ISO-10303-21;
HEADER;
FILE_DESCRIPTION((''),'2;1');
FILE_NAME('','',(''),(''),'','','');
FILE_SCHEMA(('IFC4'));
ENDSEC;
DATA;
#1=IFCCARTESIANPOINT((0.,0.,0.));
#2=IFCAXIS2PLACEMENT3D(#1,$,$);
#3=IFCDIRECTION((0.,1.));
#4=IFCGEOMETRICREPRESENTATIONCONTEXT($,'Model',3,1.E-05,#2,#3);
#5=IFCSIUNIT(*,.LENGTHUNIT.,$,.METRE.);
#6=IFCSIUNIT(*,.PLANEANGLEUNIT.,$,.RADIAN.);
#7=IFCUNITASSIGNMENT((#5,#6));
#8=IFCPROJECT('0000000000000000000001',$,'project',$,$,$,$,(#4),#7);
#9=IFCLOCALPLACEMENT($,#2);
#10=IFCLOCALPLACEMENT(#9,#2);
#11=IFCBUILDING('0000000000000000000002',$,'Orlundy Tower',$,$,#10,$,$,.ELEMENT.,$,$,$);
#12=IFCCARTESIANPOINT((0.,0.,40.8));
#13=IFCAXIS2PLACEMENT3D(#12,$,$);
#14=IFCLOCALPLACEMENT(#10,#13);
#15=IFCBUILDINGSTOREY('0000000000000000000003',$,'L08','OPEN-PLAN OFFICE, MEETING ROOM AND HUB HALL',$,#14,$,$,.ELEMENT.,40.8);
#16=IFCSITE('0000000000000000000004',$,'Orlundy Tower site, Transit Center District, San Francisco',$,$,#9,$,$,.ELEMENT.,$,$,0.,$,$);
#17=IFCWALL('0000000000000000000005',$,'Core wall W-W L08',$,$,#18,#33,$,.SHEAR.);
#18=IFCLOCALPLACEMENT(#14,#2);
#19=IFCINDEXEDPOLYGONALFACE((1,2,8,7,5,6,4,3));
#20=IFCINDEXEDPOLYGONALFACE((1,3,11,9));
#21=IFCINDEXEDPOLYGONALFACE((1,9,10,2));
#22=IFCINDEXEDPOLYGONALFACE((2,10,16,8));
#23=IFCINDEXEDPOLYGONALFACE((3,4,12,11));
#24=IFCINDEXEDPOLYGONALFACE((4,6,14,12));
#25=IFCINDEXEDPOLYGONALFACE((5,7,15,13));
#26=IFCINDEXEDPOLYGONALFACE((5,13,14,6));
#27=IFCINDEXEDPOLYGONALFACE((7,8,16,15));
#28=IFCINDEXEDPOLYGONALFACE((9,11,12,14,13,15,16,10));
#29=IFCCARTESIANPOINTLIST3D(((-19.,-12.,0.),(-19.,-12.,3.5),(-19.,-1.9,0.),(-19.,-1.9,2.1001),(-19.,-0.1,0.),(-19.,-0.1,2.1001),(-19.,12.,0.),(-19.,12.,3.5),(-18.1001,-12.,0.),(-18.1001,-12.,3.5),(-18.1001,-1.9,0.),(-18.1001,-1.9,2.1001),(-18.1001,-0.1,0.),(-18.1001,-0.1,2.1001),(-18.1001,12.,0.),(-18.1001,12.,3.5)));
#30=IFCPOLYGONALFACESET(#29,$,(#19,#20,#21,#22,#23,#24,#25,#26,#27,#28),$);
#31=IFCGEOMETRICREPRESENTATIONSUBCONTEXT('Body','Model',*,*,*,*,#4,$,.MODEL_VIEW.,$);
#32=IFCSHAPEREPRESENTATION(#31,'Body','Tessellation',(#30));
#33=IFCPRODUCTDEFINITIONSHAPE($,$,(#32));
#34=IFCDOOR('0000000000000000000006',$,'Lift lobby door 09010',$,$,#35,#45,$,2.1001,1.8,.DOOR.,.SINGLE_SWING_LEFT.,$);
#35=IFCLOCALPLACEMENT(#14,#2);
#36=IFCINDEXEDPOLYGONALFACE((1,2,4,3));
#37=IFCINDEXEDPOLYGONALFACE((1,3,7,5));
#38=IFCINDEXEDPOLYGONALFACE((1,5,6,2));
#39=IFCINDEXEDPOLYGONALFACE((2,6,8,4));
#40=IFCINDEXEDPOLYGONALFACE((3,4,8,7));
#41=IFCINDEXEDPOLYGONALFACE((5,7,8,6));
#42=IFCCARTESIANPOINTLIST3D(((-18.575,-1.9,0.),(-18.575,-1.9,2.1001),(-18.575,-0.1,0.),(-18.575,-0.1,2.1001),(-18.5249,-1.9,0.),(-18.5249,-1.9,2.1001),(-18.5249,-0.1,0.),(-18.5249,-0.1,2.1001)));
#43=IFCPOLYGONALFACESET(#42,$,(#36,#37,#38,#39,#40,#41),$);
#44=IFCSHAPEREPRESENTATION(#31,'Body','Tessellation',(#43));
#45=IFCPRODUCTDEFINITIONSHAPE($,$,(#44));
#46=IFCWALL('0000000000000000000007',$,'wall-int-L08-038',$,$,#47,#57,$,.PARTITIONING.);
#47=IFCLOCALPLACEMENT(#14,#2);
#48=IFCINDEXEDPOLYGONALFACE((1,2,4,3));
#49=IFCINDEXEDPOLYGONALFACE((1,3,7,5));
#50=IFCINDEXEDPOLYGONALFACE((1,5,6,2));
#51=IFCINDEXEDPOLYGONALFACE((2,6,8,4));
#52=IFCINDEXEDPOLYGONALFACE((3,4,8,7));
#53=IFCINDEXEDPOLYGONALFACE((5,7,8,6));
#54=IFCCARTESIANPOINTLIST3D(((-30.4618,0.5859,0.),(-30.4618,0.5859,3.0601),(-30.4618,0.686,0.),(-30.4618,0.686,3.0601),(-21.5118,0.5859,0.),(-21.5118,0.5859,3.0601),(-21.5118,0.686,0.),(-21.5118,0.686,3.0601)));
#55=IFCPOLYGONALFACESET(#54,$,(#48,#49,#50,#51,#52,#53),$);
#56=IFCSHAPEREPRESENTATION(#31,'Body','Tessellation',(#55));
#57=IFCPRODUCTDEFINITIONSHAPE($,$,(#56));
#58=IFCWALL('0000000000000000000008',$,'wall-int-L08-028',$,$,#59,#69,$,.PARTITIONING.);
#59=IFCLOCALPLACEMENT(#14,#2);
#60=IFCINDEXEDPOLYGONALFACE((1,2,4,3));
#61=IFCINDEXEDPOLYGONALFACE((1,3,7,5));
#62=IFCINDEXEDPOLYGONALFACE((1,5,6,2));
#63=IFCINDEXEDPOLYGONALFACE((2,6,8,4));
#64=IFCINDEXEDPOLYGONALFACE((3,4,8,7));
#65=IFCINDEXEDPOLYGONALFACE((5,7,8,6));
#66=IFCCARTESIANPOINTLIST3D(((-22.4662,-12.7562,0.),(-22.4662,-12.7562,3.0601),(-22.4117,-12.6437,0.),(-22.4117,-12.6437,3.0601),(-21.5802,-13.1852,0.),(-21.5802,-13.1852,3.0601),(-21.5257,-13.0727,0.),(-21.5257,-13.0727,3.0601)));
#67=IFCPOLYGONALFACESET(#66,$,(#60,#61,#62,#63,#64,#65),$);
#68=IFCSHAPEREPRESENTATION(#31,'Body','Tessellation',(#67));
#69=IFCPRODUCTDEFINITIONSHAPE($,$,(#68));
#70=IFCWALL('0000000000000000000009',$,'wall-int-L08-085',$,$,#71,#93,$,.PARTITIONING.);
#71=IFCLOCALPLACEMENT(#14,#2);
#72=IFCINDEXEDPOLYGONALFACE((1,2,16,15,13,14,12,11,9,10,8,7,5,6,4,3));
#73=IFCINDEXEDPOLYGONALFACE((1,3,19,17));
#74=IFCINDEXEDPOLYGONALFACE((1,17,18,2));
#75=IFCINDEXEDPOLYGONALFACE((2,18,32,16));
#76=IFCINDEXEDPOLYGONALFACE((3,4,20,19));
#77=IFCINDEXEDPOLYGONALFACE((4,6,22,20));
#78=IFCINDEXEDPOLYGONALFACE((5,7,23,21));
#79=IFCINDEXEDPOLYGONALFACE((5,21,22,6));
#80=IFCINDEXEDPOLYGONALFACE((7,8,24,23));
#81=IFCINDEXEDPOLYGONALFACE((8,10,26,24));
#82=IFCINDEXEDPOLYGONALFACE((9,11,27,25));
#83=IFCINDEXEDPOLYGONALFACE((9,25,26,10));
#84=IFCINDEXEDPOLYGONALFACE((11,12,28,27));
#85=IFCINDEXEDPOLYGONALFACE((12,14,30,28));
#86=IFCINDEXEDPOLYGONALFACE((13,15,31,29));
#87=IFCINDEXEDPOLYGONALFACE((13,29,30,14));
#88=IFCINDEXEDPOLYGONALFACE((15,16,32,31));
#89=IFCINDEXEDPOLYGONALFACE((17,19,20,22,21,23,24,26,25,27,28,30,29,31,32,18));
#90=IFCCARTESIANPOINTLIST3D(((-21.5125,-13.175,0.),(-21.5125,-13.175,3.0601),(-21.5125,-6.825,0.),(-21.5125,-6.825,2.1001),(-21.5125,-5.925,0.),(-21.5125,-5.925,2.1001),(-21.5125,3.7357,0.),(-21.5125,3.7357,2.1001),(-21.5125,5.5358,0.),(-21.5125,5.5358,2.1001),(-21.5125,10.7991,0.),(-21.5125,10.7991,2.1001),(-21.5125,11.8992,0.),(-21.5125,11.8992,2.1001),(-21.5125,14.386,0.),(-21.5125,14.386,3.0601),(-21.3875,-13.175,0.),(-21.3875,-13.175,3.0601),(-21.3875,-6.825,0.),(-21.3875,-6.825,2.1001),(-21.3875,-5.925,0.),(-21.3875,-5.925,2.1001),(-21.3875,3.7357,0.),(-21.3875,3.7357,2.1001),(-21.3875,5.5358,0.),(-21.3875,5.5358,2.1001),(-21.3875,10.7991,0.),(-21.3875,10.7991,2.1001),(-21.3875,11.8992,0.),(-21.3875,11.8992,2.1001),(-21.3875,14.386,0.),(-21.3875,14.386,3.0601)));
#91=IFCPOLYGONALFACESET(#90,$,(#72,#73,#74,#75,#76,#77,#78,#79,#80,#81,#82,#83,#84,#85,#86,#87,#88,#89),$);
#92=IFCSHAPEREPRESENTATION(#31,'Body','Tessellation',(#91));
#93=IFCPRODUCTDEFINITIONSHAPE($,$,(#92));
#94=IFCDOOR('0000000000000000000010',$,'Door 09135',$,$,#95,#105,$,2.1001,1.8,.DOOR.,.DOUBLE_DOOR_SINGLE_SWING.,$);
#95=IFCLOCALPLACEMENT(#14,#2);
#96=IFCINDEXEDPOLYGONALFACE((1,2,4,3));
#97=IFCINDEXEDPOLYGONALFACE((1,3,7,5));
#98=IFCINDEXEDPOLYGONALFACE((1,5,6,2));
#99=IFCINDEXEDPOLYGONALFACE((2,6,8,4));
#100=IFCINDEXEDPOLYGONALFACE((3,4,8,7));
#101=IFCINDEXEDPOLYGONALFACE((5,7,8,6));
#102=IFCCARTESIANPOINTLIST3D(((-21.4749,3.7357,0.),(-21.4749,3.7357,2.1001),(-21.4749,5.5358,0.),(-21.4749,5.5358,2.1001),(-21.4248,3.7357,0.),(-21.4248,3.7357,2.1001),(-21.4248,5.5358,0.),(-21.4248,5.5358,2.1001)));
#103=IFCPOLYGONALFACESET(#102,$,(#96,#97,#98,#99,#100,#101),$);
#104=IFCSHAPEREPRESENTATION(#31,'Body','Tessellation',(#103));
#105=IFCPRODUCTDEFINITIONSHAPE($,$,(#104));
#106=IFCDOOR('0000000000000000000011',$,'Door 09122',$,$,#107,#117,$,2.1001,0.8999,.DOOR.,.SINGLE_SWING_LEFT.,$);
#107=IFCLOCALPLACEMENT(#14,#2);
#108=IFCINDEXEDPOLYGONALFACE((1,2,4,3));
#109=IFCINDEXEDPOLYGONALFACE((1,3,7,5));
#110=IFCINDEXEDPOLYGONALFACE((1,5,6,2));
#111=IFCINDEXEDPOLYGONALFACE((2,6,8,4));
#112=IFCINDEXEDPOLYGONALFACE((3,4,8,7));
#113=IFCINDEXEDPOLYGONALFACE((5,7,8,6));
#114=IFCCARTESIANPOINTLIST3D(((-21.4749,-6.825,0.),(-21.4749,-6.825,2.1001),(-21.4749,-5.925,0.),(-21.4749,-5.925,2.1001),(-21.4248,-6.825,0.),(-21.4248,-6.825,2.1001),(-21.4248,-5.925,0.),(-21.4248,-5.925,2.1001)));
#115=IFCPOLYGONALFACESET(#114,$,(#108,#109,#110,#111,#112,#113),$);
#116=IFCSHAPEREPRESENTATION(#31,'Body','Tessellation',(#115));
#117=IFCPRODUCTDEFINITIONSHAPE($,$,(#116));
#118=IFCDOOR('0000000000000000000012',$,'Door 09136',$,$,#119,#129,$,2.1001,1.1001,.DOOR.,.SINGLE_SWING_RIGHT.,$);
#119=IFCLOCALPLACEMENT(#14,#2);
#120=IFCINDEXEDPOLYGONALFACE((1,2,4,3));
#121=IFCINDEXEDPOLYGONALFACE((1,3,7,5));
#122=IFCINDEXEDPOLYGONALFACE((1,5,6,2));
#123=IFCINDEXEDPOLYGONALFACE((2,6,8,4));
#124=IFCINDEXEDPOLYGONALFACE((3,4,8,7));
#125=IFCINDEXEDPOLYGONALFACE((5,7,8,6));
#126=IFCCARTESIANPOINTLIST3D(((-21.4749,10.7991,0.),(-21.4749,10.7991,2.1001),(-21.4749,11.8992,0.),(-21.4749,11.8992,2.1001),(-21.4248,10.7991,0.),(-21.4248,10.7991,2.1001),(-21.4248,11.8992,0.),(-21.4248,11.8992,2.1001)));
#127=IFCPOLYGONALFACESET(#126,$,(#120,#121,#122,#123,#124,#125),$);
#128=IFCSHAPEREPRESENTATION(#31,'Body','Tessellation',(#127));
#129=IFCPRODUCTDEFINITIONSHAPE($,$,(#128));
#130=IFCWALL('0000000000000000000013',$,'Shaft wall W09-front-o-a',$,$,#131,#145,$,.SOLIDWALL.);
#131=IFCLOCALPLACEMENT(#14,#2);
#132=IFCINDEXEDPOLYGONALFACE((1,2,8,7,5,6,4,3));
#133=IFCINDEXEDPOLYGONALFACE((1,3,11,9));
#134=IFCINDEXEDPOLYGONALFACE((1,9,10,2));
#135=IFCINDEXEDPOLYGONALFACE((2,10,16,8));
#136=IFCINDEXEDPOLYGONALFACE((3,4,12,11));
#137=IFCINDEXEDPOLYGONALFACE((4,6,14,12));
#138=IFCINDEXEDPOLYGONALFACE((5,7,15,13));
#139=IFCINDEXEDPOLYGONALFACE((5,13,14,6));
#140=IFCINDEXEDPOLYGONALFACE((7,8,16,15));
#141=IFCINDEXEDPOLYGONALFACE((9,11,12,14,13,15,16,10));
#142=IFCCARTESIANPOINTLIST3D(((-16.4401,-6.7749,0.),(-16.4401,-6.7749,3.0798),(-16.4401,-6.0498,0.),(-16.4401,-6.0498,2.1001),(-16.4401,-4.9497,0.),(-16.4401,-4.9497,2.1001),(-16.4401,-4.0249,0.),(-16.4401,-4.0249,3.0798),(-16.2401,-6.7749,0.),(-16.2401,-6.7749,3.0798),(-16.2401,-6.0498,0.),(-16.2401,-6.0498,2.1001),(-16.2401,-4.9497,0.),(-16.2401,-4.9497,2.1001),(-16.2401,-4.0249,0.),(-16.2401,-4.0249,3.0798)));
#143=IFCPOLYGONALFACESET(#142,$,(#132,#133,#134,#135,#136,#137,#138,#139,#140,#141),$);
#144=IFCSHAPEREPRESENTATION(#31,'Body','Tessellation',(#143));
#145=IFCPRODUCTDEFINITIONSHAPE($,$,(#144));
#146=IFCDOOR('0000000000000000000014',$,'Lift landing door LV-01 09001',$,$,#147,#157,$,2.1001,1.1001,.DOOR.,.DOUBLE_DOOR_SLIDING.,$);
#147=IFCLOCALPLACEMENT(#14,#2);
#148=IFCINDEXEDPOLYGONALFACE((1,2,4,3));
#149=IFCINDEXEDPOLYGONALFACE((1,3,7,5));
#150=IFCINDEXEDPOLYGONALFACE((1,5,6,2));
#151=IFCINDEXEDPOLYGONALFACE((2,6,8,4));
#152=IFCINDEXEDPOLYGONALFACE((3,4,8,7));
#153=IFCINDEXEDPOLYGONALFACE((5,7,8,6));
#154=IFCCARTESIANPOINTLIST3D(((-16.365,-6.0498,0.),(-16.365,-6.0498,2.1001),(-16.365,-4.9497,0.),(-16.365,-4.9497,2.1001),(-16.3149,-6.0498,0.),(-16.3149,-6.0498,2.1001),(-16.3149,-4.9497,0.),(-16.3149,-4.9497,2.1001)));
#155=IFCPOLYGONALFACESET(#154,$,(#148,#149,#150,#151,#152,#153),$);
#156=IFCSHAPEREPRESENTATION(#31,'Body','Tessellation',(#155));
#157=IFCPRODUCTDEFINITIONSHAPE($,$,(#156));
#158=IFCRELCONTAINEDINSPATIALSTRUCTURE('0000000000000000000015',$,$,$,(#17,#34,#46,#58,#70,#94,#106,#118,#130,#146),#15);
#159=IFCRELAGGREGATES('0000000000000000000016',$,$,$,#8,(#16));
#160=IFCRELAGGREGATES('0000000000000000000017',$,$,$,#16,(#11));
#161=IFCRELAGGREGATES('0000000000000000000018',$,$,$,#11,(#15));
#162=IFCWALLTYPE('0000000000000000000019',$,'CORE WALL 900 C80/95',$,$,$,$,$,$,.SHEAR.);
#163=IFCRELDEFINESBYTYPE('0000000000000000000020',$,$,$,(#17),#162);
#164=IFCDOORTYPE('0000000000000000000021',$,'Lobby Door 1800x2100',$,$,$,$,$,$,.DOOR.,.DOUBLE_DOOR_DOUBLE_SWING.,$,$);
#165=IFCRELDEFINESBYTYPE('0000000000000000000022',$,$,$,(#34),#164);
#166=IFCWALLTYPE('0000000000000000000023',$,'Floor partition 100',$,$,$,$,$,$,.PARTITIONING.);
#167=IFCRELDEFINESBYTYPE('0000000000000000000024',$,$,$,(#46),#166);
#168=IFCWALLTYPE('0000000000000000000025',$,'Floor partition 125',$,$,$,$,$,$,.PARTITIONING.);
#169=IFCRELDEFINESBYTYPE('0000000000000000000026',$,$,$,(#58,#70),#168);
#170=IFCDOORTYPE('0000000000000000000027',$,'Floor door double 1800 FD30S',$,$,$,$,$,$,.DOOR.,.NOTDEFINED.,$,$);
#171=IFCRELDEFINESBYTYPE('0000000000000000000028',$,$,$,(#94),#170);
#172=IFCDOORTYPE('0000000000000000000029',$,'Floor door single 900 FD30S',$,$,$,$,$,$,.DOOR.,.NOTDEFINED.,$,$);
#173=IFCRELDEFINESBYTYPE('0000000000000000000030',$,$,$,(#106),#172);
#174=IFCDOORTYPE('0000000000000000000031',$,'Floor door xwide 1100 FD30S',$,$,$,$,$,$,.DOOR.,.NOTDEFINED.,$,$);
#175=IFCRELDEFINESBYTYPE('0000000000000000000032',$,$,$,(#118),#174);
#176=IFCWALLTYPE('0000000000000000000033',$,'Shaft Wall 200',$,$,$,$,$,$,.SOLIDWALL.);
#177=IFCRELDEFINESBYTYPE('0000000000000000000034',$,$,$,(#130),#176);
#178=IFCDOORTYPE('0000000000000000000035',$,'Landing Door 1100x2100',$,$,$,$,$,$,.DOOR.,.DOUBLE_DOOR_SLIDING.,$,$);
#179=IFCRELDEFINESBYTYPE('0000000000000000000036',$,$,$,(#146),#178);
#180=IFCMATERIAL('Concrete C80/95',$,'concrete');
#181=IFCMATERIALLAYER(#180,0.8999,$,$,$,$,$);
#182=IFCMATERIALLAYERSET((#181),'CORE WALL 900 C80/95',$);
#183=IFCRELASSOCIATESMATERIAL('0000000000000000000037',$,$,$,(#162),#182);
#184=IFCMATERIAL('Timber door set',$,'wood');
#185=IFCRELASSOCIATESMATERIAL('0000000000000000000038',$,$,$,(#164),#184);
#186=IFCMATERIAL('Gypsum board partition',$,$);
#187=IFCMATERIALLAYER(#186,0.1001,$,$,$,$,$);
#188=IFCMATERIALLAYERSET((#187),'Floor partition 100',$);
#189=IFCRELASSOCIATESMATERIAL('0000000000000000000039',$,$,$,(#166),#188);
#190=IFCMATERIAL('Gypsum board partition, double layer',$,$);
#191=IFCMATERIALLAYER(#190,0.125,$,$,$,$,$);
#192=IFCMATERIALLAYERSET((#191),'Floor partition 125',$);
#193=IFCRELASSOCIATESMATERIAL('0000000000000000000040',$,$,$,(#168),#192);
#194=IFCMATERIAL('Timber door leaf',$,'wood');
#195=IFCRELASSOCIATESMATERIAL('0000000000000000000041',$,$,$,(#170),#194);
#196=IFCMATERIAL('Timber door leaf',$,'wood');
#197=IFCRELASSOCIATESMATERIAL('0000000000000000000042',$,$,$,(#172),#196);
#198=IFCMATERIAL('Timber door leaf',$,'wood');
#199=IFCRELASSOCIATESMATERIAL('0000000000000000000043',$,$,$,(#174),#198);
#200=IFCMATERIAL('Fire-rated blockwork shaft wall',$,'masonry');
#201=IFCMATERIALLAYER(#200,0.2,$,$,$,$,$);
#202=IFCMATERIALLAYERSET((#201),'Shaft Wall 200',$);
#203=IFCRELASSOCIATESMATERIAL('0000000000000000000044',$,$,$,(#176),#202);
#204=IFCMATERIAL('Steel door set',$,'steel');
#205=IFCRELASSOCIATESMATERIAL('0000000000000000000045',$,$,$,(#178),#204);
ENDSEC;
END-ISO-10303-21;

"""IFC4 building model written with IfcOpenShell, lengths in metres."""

from ifc_helpers import new_model, si_unit, direction, frame, frame_2d, origin, place, context, subcontext, project, spatial, rectangle, extrude, material, layer, layer_set, type_object, element, fill, save


model = new_model("IFC4")

# Units and contexts
model_context = context("Model", 3, precision=1e-05, world=origin(), true_north=direction((0.0, 1.0)))
body_context = subcontext(model_context, "Body", "Model", "MODEL_VIEW")
ifc_project = project(units=[si_unit("LENGTHUNIT", "METRE"), si_unit("PLANEANGLEUNIT", "RADIAN")], contexts=[model_context])

# Site, building, storey
site_placement = place(None, origin())
site = spatial("IfcSite", under=ifc_project, at=site_placement, Name="Orlundy Tower site, Transit Center District, San Francisco", CompositionType="ELEMENT", RefElevation=0.0)
building_placement = place(site_placement, origin())
building = spatial("IfcBuilding", under=site, at=building_placement, Name="Orlundy Tower", CompositionType="ELEMENT")
storey_placement = place(building_placement, frame((0.0, 0.0, 40.8)))
storey = spatial("IfcBuildingStorey", under=building, at=storey_placement, Name="L08", Description="OPEN-PLAN OFFICE, MEETING ROOM AND HUB HALL", CompositionType="ELEMENT", Elevation=40.8)

# Shared definitions
ifc_material_1 = material(Name="Concrete C80/95", Category="concrete")
ifc_layer_1 = layer(ifc_material_1, 0.8999)
ifc_layer_set_1 = layer_set([ifc_layer_1], Name="CORE WALL 900 C80/95")
wall_type_1 = type_object("IfcWallType", Name="CORE WALL 900 C80/95", PredefinedType="SHEAR", material=ifc_layer_set_1)

# Wall, opening, door
wall_1_placement = place(storey_placement, frame((-18.55, -12.0, 0.0), z_axis=(0.0, 0.0, 1.0), x_axis=(0.0, 1.0, 0.0)))
wall_1 = element("IfcWall", 1, at=wall_1_placement, inside=storey, type_object=wall_type_1, Name="Core wall W-W L08", PredefinedType="SHEAR", context=body_context, shape_type="SweptSolid", body=[
    extrude(rectangle(XDim=24.0, YDim=0.8999, at=frame_2d((12.0, 0.0))), origin(), (0.0, 0.0, 1.0), 3.5),
])
opening_1_placement = place(wall_1_placement, frame((10.1001, 0.0, 0.0)))
opening_1 = element("IfcOpeningElement", 2, at=opening_1_placement, cuts=wall_1, PredefinedType="OPENING", context=body_context, shape_type="SweptSolid", body=[
    extrude(rectangle(XDim=1.8, YDim=2.1001, at=frame_2d((0.8999, 1.05))), frame((0.0, 0.46, 0.0), z_axis=(0.0, -1.0, 0.0), x_axis=(1.0, 0.0, 0.0)), (0.0, 0.0, 1.0), 0.9199),
])
ifc_material_2 = material(Name="Timber door set", Category="wood")
door_type_1 = type_object("IfcDoorType", Name="Lobby Door 1800x2100", OperationType="DOUBLE_DOOR_DOUBLE_SWING", PredefinedType="DOOR", material=ifc_material_2)
door_1_placement = place(opening_1_placement, origin())
door_1 = element("IfcDoor", 3, at=door_1_placement, inside=storey, type_object=door_type_1, Name="Lift lobby door 09010", OperationType="SINGLE_SWING_LEFT", OverallHeight=2.1001, OverallWidth=1.8, PredefinedType="DOOR", context=body_context, shape_type="SweptSolid", body=[
    extrude(rectangle(XDim=1.8, YDim=2.1001, at=frame_2d((0.8999, 1.05))), frame((0.0, 0.0249, 0.0), z_axis=(0.0, -1.0, 0.0), x_axis=(1.0, 0.0, 0.0)), (0.0, 0.0, 1.0), 0.05),
])
fill(opening_1, door_1)

# Walls
ifc_material_3 = material(Name="Gypsum board partition")
ifc_layer_2 = layer(ifc_material_3, 0.1001)
ifc_layer_set_2 = layer_set([ifc_layer_2], Name="Floor partition 100")
wall_type_2 = type_object("IfcWallType", Name="Floor partition 100", PredefinedType="PARTITIONING", material=ifc_layer_set_2)
wall_2_placement = place(storey_placement, frame((-30.4619, 0.636, 0.0), z_axis=(0.0, 0.0, 1.0), x_axis=(1.0, 0.0, 0.0)))
element("IfcWall", 4, at=wall_2_placement, inside=storey, type_object=wall_type_2, Name="wall-int-L08-038", PredefinedType="PARTITIONING", context=body_context, shape_type="SweptSolid", body=[
    extrude(rectangle(XDim=8.95, YDim=0.1001, at=frame_2d((4.4751, 0.0))), origin(), (0.0, 0.0, 1.0), 3.0601),
])
ifc_material_4 = material(Name="Gypsum board partition, double layer")
ifc_layer_3 = layer(ifc_material_4, 0.125)
ifc_layer_set_3 = layer_set([ifc_layer_3], Name="Floor partition 125")
wall_type_3 = type_object("IfcWallType", Name="Floor partition 125", PredefinedType="PARTITIONING", material=ifc_layer_set_3)
wall_3_placement = place(storey_placement, frame((-22.439, -12.7, 0.0), z_axis=(0.0, 0.0, 1.0), x_axis=(0.900059, -0.435768, 0.0)))
element("IfcWall", 5, at=wall_3_placement, inside=storey, type_object=wall_type_3, Name="wall-int-L08-028", PredefinedType="PARTITIONING", context=body_context, shape_type="SweptSolid", body=[
    extrude(rectangle(XDim=0.9844, YDim=0.125, at=frame_2d((0.4922, 0.0))), origin(), (0.0, 0.0, 1.0), 3.0601),
])

# Wall, openings, doors
wall_4_placement = place(storey_placement, frame((-21.45, -13.175, 0.0), z_axis=(0.0, 0.0, 1.0), x_axis=(0.0, 1.0, 0.0)))
wall_4 = element("IfcWall", 6, at=wall_4_placement, inside=storey, type_object=wall_type_3, Name="wall-int-L08-085", PredefinedType="PARTITIONING", context=body_context, shape_type="SweptSolid", body=[
    extrude(rectangle(XDim=27.561, YDim=0.125, at=frame_2d((13.7805, 0.0))), origin(), (0.0, 0.0, 1.0), 3.0601),
])
opening_2_placement = place(wall_4_placement, frame((6.3501, 0.0, 0.0)))
opening_2 = element("IfcOpeningElement", 7, at=opening_2_placement, cuts=wall_4, PredefinedType="OPENING", context=body_context, shape_type="SweptSolid", body=[
    extrude(rectangle(XDim=0.8999, YDim=2.1001, at=frame_2d((0.45, 1.05))), frame((0.0, 0.0725, 0.0), z_axis=(0.0, -1.0, 0.0), x_axis=(1.0, 0.0, 0.0)), (0.0, 0.0, 1.0), 0.145),
])
opening_3_placement = place(wall_4_placement, frame((16.9109, 0.0, 0.0)))
opening_3 = element("IfcOpeningElement", 8, at=opening_3_placement, cuts=wall_4, PredefinedType="OPENING", context=body_context, shape_type="SweptSolid", body=[
    extrude(rectangle(XDim=1.8, YDim=2.1001, at=frame_2d((0.8999, 1.05))), frame((0.0, 0.0725, 0.0), z_axis=(0.0, -1.0, 0.0), x_axis=(1.0, 0.0, 0.0)), (0.0, 0.0, 1.0), 0.145),
])
opening_4_placement = place(wall_4_placement, frame((23.9741, 0.0, 0.0)))
opening_4 = element("IfcOpeningElement", 9, at=opening_4_placement, cuts=wall_4, PredefinedType="OPENING", context=body_context, shape_type="SweptSolid", body=[
    extrude(rectangle(XDim=1.1001, YDim=2.1001, at=frame_2d((0.55, 1.05))), frame((0.0, 0.0725, 0.0), z_axis=(0.0, -1.0, 0.0), x_axis=(1.0, 0.0, 0.0)), (0.0, 0.0, 1.0), 0.145),
])
ifc_material_5 = material(Name="Timber door leaf", Category="wood")
door_type_2 = type_object("IfcDoorType", Name="Floor door double 1800 FD30S", OperationType="NOTDEFINED", PredefinedType="DOOR", material=ifc_material_5)
door_2_placement = place(opening_3_placement, origin())
door_2 = element("IfcDoor", 10, at=door_2_placement, inside=storey, type_object=door_type_2, Name="Door 09135", OperationType="DOUBLE_DOOR_SINGLE_SWING", OverallHeight=2.1001, OverallWidth=1.8, PredefinedType="DOOR", context=body_context, shape_type="SweptSolid", body=[
    extrude(rectangle(XDim=1.8, YDim=2.1001, at=frame_2d((0.8999, 1.05))), frame((0.0, 0.0249, 0.0), z_axis=(0.0, -1.0, 0.0), x_axis=(1.0, 0.0, 0.0)), (0.0, 0.0, 1.0), 0.05),
])
fill(opening_3, door_2)
ifc_material_6 = material(Name="Timber door leaf", Category="wood")
door_type_3 = type_object("IfcDoorType", Name="Floor door single 900 FD30S", OperationType="NOTDEFINED", PredefinedType="DOOR", material=ifc_material_6)
door_3_placement = place(opening_2_placement, origin())
door_3 = element("IfcDoor", 11, at=door_3_placement, inside=storey, type_object=door_type_3, Name="Door 09122", OperationType="SINGLE_SWING_LEFT", OverallHeight=2.1001, OverallWidth=0.8999, PredefinedType="DOOR", context=body_context, shape_type="SweptSolid", body=[
    extrude(rectangle(XDim=0.8999, YDim=2.1001, at=frame_2d((0.45, 1.05))), frame((0.0, 0.0249, 0.0), z_axis=(0.0, -1.0, 0.0), x_axis=(1.0, 0.0, 0.0)), (0.0, 0.0, 1.0), 0.05),
])
fill(opening_2, door_3)
ifc_material_7 = material(Name="Timber door leaf", Category="wood")
door_type_4 = type_object("IfcDoorType", Name="Floor door xwide 1100 FD30S", OperationType="NOTDEFINED", PredefinedType="DOOR", material=ifc_material_7)
door_4_placement = place(opening_4_placement, origin())
door_4 = element("IfcDoor", 12, at=door_4_placement, inside=storey, type_object=door_type_4, Name="Door 09136", OperationType="SINGLE_SWING_RIGHT", OverallHeight=2.1001, OverallWidth=1.1001, PredefinedType="DOOR", context=body_context, shape_type="SweptSolid", body=[
    extrude(rectangle(XDim=1.1001, YDim=2.1001, at=frame_2d((0.55, 1.05))), frame((0.0, 0.0249, 0.0), z_axis=(0.0, -1.0, 0.0), x_axis=(1.0, 0.0, 0.0)), (0.0, 0.0, 1.0), 0.05),
])
fill(opening_4, door_4)

# Wall, opening, door
ifc_material_8 = material(Name="Fire-rated blockwork shaft wall", Category="masonry")
ifc_layer_4 = layer(ifc_material_8, 0.2)
ifc_layer_set_4 = layer_set([ifc_layer_4], Name="Shaft Wall 200")
wall_type_4 = type_object("IfcWallType", Name="Shaft Wall 200", PredefinedType="SOLIDWALL", material=ifc_layer_set_4)
wall_5_placement = place(storey_placement, frame((-16.3401, -6.7749, 0.0), z_axis=(0.0, 0.0, 1.0), x_axis=(0.0, 1.0, 0.0)))
wall_5 = element("IfcWall", 13, at=wall_5_placement, inside=storey, type_object=wall_type_4, Name="Shaft wall W09-front-o-a", PredefinedType="SOLIDWALL", context=body_context, shape_type="SweptSolid", body=[
    extrude(rectangle(XDim=2.75, YDim=0.2, at=frame_2d((1.375, 0.0))), origin(), (0.0, 0.0, 1.0), 3.0798),
])
opening_5_placement = place(wall_5_placement, frame((0.7251, 0.0, 0.0)))
opening_5 = element("IfcOpeningElement", 14, at=opening_5_placement, cuts=wall_5, PredefinedType="OPENING", context=body_context, shape_type="SweptSolid", body=[
    extrude(rectangle(XDim=1.1001, YDim=2.1001, at=frame_2d((0.55, 1.05))), frame((0.0, 0.1101, 0.0), z_axis=(0.0, -1.0, 0.0), x_axis=(1.0, 0.0, 0.0)), (0.0, 0.0, 1.0), 0.2202),
])
ifc_material_9 = material(Name="Steel door set", Category="steel")
door_type_5 = type_object("IfcDoorType", Name="Landing Door 1100x2100", OperationType="DOUBLE_DOOR_SLIDING", PredefinedType="DOOR", material=ifc_material_9)
door_5_placement = place(opening_5_placement, origin())
door_5 = element("IfcDoor", 15, at=door_5_placement, inside=storey, type_object=door_type_5, Name="Lift landing door LV-01 09001", OperationType="DOUBLE_DOOR_SLIDING", OverallHeight=2.1001, OverallWidth=1.1001, PredefinedType="DOOR", context=body_context, shape_type="SweptSolid", body=[
    extrude(rectangle(XDim=1.1001, YDim=2.1001, at=frame_2d((0.55, 1.05))), frame((0.0, 0.0249, 0.0), z_axis=(0.0, -1.0, 0.0), x_axis=(1.0, 0.0, 0.0)), (0.0, 0.0, 1.0), 0.05),
])
fill(opening_5, door_5)

save(model, "model.ifc")
